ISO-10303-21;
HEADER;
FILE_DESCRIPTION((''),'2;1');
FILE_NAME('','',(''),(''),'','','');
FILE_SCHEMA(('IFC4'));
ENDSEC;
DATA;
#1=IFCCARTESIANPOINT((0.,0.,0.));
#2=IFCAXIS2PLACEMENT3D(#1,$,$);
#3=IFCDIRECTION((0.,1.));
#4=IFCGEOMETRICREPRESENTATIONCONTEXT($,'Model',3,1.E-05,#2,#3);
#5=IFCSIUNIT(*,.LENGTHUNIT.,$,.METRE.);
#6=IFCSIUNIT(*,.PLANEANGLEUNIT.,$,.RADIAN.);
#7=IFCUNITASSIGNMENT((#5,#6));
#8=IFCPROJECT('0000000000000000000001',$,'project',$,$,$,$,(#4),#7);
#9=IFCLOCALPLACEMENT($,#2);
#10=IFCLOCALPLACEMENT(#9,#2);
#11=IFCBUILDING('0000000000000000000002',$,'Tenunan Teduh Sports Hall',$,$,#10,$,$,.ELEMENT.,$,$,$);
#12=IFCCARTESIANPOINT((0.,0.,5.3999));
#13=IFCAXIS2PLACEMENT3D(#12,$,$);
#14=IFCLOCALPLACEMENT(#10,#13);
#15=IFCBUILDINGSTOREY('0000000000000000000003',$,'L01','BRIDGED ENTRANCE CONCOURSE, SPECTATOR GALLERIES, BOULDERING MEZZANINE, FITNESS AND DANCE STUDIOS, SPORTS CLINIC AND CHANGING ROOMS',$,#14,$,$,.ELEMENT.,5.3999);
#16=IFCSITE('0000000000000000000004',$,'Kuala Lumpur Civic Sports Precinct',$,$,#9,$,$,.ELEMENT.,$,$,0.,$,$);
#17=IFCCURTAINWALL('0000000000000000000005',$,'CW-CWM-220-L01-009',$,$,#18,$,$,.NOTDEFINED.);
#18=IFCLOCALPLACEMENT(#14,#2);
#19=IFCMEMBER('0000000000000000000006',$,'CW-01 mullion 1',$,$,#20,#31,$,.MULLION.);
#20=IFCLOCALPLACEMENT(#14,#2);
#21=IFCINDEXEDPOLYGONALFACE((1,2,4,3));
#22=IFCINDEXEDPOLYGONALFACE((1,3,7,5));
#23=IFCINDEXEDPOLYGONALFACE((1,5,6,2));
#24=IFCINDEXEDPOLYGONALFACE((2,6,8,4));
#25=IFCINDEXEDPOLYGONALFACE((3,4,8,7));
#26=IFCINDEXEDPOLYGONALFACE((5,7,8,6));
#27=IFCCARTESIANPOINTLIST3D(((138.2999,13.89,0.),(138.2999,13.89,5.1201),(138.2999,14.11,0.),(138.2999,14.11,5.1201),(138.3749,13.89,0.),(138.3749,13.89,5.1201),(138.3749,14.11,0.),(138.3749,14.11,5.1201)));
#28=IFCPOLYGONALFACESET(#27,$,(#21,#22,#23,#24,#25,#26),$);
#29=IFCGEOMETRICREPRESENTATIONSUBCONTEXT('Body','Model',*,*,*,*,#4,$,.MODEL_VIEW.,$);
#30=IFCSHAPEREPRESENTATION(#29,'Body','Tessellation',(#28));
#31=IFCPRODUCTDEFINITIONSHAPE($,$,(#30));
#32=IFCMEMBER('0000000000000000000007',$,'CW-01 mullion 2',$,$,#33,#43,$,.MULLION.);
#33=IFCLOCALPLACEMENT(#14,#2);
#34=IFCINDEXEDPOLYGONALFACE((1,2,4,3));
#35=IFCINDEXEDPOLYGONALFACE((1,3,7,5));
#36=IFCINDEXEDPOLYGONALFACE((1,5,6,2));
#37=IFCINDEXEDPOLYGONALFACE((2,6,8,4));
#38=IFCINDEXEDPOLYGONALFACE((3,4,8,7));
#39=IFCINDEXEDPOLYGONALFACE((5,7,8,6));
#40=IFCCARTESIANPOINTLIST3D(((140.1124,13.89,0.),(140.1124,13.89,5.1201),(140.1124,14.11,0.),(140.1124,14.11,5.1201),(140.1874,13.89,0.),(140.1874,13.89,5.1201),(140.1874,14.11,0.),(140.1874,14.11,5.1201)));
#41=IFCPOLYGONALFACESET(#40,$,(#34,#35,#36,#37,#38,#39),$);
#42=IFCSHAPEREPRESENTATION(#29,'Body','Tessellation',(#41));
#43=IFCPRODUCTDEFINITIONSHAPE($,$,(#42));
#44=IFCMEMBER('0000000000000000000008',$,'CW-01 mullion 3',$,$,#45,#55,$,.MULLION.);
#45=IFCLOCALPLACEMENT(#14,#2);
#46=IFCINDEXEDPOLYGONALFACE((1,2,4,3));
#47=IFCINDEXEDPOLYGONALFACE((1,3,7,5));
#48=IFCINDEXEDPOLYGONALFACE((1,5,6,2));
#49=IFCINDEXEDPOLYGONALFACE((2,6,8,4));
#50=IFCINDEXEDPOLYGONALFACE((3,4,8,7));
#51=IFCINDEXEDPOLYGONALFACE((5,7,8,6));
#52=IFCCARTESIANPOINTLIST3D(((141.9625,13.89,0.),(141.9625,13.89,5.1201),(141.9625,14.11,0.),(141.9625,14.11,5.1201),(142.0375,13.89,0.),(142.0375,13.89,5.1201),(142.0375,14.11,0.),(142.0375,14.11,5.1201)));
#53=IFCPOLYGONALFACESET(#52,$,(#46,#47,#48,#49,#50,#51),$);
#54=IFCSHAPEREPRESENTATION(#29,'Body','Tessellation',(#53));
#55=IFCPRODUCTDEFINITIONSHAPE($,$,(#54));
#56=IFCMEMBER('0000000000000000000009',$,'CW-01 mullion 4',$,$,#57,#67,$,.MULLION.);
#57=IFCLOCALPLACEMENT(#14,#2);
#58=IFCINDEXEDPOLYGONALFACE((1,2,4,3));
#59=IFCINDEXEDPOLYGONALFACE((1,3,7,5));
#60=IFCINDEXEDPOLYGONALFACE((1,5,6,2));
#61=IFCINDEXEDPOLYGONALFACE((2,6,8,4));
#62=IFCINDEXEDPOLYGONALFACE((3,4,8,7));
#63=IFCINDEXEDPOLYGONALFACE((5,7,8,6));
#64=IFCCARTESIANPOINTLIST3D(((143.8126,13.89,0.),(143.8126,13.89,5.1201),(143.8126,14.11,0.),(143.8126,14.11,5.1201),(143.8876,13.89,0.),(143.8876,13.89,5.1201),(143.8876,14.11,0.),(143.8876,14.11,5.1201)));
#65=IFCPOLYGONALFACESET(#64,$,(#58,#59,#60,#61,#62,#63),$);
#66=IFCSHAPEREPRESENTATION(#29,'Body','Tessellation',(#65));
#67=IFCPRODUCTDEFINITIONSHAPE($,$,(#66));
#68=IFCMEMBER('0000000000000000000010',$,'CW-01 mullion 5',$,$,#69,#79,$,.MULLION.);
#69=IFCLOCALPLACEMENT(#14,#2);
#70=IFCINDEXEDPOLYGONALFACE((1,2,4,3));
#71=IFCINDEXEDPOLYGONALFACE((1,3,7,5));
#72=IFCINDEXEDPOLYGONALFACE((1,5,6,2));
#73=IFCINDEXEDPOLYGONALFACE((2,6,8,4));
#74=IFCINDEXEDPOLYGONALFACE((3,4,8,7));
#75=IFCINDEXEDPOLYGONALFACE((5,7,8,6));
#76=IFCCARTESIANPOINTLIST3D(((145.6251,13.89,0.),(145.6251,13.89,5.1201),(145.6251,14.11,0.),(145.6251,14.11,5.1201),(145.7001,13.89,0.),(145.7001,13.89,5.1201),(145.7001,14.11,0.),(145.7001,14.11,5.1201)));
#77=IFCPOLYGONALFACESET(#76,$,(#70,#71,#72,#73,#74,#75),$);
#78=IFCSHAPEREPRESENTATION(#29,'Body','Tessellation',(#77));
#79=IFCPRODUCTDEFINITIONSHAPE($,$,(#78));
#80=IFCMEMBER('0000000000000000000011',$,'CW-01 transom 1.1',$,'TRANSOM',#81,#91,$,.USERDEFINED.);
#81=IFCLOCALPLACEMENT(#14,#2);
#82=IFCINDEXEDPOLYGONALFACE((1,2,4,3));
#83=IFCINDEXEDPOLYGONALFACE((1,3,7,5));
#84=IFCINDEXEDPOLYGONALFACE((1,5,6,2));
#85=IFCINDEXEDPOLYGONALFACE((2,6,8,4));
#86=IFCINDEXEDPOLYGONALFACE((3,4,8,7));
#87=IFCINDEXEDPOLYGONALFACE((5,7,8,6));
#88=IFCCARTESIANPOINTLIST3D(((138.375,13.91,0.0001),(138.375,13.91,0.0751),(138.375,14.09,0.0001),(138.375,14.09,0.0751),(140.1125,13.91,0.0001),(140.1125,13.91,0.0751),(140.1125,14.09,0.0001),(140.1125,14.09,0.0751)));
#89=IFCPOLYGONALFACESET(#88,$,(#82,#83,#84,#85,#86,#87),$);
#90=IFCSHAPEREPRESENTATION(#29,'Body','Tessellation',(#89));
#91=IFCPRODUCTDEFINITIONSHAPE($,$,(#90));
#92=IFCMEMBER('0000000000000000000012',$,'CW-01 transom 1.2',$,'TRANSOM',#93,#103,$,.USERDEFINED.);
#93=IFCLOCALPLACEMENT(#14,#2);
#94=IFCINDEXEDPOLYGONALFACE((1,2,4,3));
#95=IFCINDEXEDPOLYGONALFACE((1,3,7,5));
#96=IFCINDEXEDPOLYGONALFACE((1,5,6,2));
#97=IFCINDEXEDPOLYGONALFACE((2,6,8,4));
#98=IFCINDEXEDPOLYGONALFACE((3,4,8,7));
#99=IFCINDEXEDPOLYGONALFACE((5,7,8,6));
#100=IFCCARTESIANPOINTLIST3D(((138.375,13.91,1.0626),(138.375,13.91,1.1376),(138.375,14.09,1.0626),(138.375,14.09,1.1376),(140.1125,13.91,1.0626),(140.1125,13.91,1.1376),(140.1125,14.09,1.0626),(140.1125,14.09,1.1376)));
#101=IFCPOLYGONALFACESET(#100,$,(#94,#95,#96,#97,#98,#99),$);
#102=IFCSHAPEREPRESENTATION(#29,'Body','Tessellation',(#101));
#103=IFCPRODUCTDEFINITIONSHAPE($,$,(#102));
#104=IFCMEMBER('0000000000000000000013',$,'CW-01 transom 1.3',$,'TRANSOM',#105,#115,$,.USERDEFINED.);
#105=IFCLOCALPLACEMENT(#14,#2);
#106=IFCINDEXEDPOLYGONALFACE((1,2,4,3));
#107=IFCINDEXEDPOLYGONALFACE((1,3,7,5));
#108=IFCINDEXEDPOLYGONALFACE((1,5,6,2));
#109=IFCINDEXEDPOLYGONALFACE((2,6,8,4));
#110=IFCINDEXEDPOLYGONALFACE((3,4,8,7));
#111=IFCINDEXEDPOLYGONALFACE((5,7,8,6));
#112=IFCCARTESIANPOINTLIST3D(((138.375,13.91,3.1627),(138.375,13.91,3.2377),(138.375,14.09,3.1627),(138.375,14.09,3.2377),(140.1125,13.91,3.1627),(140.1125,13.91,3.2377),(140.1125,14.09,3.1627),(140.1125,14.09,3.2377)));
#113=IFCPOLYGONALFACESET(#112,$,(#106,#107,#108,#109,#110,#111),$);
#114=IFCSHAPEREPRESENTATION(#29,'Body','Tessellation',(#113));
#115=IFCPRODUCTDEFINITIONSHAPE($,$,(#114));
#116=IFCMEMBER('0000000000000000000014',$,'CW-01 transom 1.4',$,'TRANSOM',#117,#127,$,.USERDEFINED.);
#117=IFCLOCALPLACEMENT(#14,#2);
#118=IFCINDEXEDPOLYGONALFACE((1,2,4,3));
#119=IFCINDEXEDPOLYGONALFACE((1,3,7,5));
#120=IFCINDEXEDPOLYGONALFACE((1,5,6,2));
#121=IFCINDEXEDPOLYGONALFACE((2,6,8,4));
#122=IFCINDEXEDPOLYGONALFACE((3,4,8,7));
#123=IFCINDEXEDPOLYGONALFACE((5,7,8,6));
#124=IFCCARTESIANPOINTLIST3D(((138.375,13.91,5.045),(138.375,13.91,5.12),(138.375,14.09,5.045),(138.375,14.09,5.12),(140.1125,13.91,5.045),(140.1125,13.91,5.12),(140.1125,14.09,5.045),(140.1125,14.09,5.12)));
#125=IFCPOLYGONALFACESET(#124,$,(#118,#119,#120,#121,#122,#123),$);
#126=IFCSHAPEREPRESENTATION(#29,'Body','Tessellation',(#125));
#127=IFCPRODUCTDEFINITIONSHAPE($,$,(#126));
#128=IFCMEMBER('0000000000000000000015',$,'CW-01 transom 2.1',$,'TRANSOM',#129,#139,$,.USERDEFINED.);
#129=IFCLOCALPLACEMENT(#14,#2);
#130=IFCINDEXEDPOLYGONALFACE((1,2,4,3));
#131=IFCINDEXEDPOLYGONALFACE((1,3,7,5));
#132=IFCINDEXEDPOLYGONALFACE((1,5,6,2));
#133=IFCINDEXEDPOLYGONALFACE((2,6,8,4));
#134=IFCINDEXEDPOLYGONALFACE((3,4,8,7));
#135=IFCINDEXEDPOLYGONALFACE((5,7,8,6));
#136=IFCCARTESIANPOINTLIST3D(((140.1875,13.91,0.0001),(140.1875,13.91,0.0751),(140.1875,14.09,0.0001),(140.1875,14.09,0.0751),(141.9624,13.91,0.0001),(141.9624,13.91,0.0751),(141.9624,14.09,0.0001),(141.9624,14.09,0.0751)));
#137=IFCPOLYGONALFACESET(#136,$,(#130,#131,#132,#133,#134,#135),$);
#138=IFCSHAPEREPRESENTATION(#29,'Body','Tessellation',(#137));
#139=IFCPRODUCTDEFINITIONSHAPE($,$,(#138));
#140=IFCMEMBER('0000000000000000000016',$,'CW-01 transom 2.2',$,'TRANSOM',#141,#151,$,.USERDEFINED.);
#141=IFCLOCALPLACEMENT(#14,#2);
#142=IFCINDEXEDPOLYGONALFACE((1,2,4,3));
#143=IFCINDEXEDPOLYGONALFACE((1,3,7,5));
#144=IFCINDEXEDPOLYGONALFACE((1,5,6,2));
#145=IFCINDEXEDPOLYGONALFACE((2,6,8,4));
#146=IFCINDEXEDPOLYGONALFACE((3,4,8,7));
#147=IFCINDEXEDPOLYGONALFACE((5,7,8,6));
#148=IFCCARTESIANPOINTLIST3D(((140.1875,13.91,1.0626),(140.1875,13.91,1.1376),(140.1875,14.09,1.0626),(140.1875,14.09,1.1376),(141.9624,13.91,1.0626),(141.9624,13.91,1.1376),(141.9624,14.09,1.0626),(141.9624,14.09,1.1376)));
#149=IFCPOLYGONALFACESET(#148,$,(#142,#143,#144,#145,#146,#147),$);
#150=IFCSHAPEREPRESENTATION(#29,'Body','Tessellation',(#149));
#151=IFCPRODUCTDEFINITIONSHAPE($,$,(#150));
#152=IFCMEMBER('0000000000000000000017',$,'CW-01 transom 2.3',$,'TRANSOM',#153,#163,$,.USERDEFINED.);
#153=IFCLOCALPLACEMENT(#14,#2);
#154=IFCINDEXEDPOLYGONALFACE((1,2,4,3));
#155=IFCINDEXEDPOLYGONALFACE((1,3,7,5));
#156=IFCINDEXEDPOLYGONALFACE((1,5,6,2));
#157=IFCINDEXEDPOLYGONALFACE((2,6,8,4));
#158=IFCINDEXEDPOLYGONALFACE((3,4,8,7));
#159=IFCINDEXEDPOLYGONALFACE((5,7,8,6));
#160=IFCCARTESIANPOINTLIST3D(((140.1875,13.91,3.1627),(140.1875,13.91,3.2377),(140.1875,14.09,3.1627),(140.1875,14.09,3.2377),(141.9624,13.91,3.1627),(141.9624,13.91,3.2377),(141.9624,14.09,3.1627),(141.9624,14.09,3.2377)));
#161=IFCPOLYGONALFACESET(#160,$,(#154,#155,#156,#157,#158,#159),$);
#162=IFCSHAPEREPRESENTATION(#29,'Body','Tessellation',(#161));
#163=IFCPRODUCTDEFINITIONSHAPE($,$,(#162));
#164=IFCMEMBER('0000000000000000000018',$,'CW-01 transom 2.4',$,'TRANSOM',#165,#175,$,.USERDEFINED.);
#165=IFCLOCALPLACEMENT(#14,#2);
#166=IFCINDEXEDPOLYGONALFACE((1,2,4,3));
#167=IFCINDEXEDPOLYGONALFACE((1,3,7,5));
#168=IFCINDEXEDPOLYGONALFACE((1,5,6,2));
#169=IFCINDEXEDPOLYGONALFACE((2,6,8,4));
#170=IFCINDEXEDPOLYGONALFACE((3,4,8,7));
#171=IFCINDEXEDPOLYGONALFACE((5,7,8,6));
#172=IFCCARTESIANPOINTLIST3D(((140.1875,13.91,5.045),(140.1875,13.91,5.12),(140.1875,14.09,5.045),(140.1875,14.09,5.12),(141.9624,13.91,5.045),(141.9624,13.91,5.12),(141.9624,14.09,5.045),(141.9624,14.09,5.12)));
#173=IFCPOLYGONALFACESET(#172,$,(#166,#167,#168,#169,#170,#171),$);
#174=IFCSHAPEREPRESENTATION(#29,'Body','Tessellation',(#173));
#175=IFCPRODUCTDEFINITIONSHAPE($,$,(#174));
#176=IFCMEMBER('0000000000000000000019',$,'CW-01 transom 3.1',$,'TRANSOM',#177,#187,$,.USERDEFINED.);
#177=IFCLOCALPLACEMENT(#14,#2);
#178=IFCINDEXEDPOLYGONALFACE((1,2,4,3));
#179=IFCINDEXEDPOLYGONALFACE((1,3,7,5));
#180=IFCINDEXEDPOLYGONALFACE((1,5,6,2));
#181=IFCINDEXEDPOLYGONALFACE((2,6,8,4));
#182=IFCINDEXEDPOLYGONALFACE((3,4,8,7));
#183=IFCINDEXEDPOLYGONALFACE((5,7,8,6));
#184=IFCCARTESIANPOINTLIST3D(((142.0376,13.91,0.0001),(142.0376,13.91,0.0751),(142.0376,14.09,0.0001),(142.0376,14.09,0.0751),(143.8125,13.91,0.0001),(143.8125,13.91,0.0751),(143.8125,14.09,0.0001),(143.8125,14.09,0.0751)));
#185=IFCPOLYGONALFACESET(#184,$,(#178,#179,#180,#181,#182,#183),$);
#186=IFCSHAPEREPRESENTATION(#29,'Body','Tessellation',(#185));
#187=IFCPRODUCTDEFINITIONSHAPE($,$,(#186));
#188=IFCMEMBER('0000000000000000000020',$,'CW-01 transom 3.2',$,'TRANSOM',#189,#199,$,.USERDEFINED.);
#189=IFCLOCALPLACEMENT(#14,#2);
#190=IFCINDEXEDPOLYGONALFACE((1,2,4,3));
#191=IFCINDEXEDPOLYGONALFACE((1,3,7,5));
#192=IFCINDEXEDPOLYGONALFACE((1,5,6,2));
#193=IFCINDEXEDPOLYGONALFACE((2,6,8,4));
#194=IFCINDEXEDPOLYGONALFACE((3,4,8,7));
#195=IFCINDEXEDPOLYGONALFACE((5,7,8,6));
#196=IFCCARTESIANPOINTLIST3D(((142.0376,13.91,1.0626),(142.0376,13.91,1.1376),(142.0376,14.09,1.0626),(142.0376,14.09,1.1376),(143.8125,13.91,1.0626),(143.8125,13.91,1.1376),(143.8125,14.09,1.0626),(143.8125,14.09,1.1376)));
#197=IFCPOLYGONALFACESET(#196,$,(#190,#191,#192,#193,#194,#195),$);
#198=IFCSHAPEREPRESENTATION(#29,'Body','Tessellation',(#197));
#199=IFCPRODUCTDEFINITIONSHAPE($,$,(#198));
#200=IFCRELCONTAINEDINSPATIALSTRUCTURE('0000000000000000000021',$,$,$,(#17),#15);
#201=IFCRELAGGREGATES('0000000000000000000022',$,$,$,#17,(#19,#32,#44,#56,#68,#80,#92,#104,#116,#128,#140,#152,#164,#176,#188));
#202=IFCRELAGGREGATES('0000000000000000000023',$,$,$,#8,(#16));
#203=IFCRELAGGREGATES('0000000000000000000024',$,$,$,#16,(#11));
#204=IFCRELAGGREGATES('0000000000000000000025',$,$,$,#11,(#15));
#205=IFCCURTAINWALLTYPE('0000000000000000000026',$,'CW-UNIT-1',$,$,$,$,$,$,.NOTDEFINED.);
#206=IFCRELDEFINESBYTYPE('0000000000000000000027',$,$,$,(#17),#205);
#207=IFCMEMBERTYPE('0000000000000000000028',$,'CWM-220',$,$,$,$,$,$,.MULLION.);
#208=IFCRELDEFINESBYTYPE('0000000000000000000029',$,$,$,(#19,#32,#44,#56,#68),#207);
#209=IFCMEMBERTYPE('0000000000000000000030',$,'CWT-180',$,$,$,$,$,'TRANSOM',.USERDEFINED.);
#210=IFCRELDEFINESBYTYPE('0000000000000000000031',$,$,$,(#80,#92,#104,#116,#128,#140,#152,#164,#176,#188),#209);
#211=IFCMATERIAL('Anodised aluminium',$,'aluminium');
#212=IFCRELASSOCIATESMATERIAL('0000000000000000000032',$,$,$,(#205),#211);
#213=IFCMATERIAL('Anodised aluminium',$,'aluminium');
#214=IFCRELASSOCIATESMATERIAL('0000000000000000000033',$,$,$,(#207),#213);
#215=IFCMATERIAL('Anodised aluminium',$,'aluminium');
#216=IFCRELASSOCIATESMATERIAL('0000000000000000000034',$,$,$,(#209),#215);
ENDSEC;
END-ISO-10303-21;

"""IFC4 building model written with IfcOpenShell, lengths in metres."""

from ifc_helpers import new_model, si_unit, direction, frame, origin, origin_2d, place, context, subcontext, project, spatial, rectangle, extrude, material, material_profile, profile_set, type_object, element, aggregate, save


model = new_model("IFC4")

# Units and contexts
model_context = context("Model", 3, precision=1e-05, world=origin(), true_north=direction((0.0, 1.0)))
body_context = subcontext(model_context, "Body", "Model", "MODEL_VIEW")
ifc_project = project(units=[si_unit("LENGTHUNIT", "METRE"), si_unit("PLANEANGLEUNIT", "RADIAN")], contexts=[model_context])

# Site, building, storey
site_placement = place(None, origin())
site = spatial("IfcSite", under=ifc_project, at=site_placement, Name="Kuala Lumpur Civic Sports Precinct", CompositionType="ELEMENT", RefElevation=0.0)
building_placement = place(site_placement, origin())
building = spatial("IfcBuilding", under=site, at=building_placement, Name="Tenunan Teduh Sports Hall", CompositionType="ELEMENT")
storey_placement = place(building_placement, frame((0.0, 0.0, 5.3999)))
storey = spatial("IfcBuildingStorey", under=building, at=storey_placement, Name="L01", Description="BRIDGED ENTRANCE CONCOURSE, SPECTATOR GALLERIES, BOULDERING MEZZANINE, FITNESS AND DANCE STUDIOS, SPORTS CLINIC AND CHANGING ROOMS", CompositionType="ELEMENT", Elevation=5.3999)

# Curtain wall, members
ifc_material_1 = material(Name="Anodised aluminium", Category="aluminium")
curtain_wall_type = type_object("IfcCurtainWallType", Name="CW-UNIT-1", PredefinedType="NOTDEFINED", material=ifc_material_1)
curtain_wall_placement = place(storey_placement, origin())
curtain_wall = element("IfcCurtainWall", 1, at=curtain_wall_placement, inside=storey, type_object=curtain_wall_type, Name="CW-CWM-220-L01-009", PredefinedType="NOTDEFINED")
ifc_material_2 = material(Name="Anodised aluminium", Category="aluminium")
ifc_material_profile_1 = material_profile(ifc_material_2, rectangle(XDim=0.075, YDim=0.22, at=origin_2d()), Name="CWM 75x220")
ifc_profile_set_1 = profile_set([ifc_material_profile_1], Name="Anodised aluminium")
member_type_1 = type_object("IfcMemberType", Name="CWM-220", PredefinedType="MULLION", material=ifc_profile_set_1)
member_1_placement = place(storey_placement, frame((138.3374, 14.0, 0.0), z_axis=(0.0, 0.0, 1.0), x_axis=(1.0, 0.0, 0.0)))
member_1 = element("IfcMember", 2, at=member_1_placement, type_object=member_type_1, Name="CW-01 mullion 1", PredefinedType="MULLION", context=body_context, shape_type="SweptSolid", body=[
    extrude(rectangle(XDim=0.075, YDim=0.22, at=origin_2d()), origin(), (0.0, 0.0, 1.0), 5.1201),
])
member_2_placement = place(storey_placement, frame((140.1499, 14.0, 0.0), z_axis=(0.0, 0.0, 1.0), x_axis=(1.0, 0.0, 0.0)))
member_2 = element("IfcMember", 3, at=member_2_placement, type_object=member_type_1, Name="CW-01 mullion 2", PredefinedType="MULLION", context=body_context, shape_type="SweptSolid", body=[
    extrude(rectangle(XDim=0.075, YDim=0.22, at=origin_2d()), origin(), (0.0, 0.0, 1.0), 5.1201),
])
member_3_placement = place(storey_placement, frame((142.0, 14.0, 0.0), z_axis=(0.0, 0.0, 1.0), x_axis=(1.0, 0.0, 0.0)))
member_3 = element("IfcMember", 4, at=member_3_placement, type_object=member_type_1, Name="CW-01 mullion 3", PredefinedType="MULLION", context=body_context, shape_type="SweptSolid", body=[
    extrude(rectangle(XDim=0.075, YDim=0.22, at=origin_2d()), origin(), (0.0, 0.0, 1.0), 5.1201),
])
member_4_placement = place(storey_placement, frame((143.8501, 14.0, 0.0), z_axis=(0.0, 0.0, 1.0), x_axis=(1.0, 0.0, 0.0)))
member_4 = element("IfcMember", 5, at=member_4_placement, type_object=member_type_1, Name="CW-01 mullion 4", PredefinedType="MULLION", context=body_context, shape_type="SweptSolid", body=[
    extrude(rectangle(XDim=0.075, YDim=0.22, at=origin_2d()), origin(), (0.0, 0.0, 1.0), 5.1201),
])
member_5_placement = place(storey_placement, frame((145.6626, 14.0, 0.0), z_axis=(0.0, 0.0, 1.0), x_axis=(1.0, 0.0, 0.0)))
member_5 = element("IfcMember", 6, at=member_5_placement, type_object=member_type_1, Name="CW-01 mullion 5", PredefinedType="MULLION", context=body_context, shape_type="SweptSolid", body=[
    extrude(rectangle(XDim=0.075, YDim=0.22, at=origin_2d()), origin(), (0.0, 0.0, 1.0), 5.1201),
])
ifc_material_3 = material(Name="Anodised aluminium", Category="aluminium")
ifc_material_profile_2 = material_profile(ifc_material_3, rectangle(XDim=0.075, YDim=0.1799, at=origin_2d()), Name="CWT 75x180")
ifc_profile_set_2 = profile_set([ifc_material_profile_2], Name="Anodised aluminium")
member_type_2 = type_object("IfcMemberType", Name="CWT-180", ElementType="TRANSOM", PredefinedType="USERDEFINED", material=ifc_profile_set_2)
member_6_placement = place(storey_placement, frame((138.375, 14.0, 0.0376), z_axis=(1.0, 0.0, 0.0), x_axis=(0.0, 0.0, 1.0)))
member_6 = element("IfcMember", 7, at=member_6_placement, type_object=member_type_2, Name="CW-01 transom 1.1", ObjectType="TRANSOM", PredefinedType="USERDEFINED", context=body_context, shape_type="SweptSolid", body=[
    extrude(rectangle(XDim=0.075, YDim=0.1799, at=origin_2d()), origin(), (0.0, 0.0, 1.0), 1.7375),
])
member_7_placement = place(storey_placement, frame((138.375, 14.0, 1.1001), z_axis=(1.0, 0.0, 0.0), x_axis=(0.0, 0.0, 1.0)))
member_7 = element("IfcMember", 8, at=member_7_placement, type_object=member_type_2, Name="CW-01 transom 1.2", ObjectType="TRANSOM", PredefinedType="USERDEFINED", context=body_context, shape_type="SweptSolid", body=[
    extrude(rectangle(XDim=0.075, YDim=0.1799, at=origin_2d()), origin(), (0.0, 0.0, 1.0), 1.7375),
])
member_8_placement = place(storey_placement, frame((138.375, 14.0, 3.2002), z_axis=(1.0, 0.0, 0.0), x_axis=(0.0, 0.0, 1.0)))
member_8 = element("IfcMember", 9, at=member_8_placement, type_object=member_type_2, Name="CW-01 transom 1.3", ObjectType="TRANSOM", PredefinedType="USERDEFINED", context=body_context, shape_type="SweptSolid", body=[
    extrude(rectangle(XDim=0.075, YDim=0.1799, at=origin_2d()), origin(), (0.0, 0.0, 1.0), 1.7375),
])
member_9_placement = place(storey_placement, frame((138.375, 14.0, 5.0825), z_axis=(1.0, 0.0, 0.0), x_axis=(0.0, 0.0, 1.0)))
member_9 = element("IfcMember", 10, at=member_9_placement, type_object=member_type_2, Name="CW-01 transom 1.4", ObjectType="TRANSOM", PredefinedType="USERDEFINED", context=body_context, shape_type="SweptSolid", body=[
    extrude(rectangle(XDim=0.075, YDim=0.1799, at=origin_2d()), origin(), (0.0, 0.0, 1.0), 1.7375),
])
member_10_placement = place(storey_placement, frame((140.1875, 14.0, 0.0376), z_axis=(1.0, 0.0, 0.0), x_axis=(0.0, 0.0, 1.0)))
member_10 = element("IfcMember", 11, at=member_10_placement, type_object=member_type_2, Name="CW-01 transom 2.1", ObjectType="TRANSOM", PredefinedType="USERDEFINED", context=body_context, shape_type="SweptSolid", body=[
    extrude(rectangle(XDim=0.075, YDim=0.1799, at=origin_2d()), origin(), (0.0, 0.0, 1.0), 1.7749),
])
member_11_placement = place(storey_placement, frame((140.1875, 14.0, 1.1001), z_axis=(1.0, 0.0, 0.0), x_axis=(0.0, 0.0, 1.0)))
member_11 = element("IfcMember", 12, at=member_11_placement, type_object=member_type_2, Name="CW-01 transom 2.2", ObjectType="TRANSOM", PredefinedType="USERDEFINED", context=body_context, shape_type="SweptSolid", body=[
    extrude(rectangle(XDim=0.075, YDim=0.1799, at=origin_2d()), origin(), (0.0, 0.0, 1.0), 1.7749),
])
member_12_placement = place(storey_placement, frame((140.1875, 14.0, 3.2002), z_axis=(1.0, 0.0, 0.0), x_axis=(0.0, 0.0, 1.0)))
member_12 = element("IfcMember", 13, at=member_12_placement, type_object=member_type_2, Name="CW-01 transom 2.3", ObjectType="TRANSOM", PredefinedType="USERDEFINED", context=body_context, shape_type="SweptSolid", body=[
    extrude(rectangle(XDim=0.075, YDim=0.1799, at=origin_2d()), origin(), (0.0, 0.0, 1.0), 1.7749),
])
member_13_placement = place(storey_placement, frame((140.1875, 14.0, 5.0825), z_axis=(1.0, 0.0, 0.0), x_axis=(0.0, 0.0, 1.0)))
member_13 = element("IfcMember", 14, at=member_13_placement, type_object=member_type_2, Name="CW-01 transom 2.4", ObjectType="TRANSOM", PredefinedType="USERDEFINED", context=body_context, shape_type="SweptSolid", body=[
    extrude(rectangle(XDim=0.075, YDim=0.1799, at=origin_2d()), origin(), (0.0, 0.0, 1.0), 1.7749),
])
member_14_placement = place(storey_placement, frame((142.0376, 14.0, 0.0376), z_axis=(1.0, 0.0, 0.0), x_axis=(0.0, 0.0, 1.0)))
member_14 = element("IfcMember", 15, at=member_14_placement, type_object=member_type_2, Name="CW-01 transom 3.1", ObjectType="TRANSOM", PredefinedType="USERDEFINED", context=body_context, shape_type="SweptSolid", body=[
    extrude(rectangle(XDim=0.075, YDim=0.1799, at=origin_2d()), origin(), (0.0, 0.0, 1.0), 1.7749),
])
member_15_placement = place(storey_placement, frame((142.0376, 14.0, 1.1001), z_axis=(1.0, 0.0, 0.0), x_axis=(0.0, 0.0, 1.0)))
member_15 = element("IfcMember", 16, at=member_15_placement, type_object=member_type_2, Name="CW-01 transom 3.2", ObjectType="TRANSOM", PredefinedType="USERDEFINED", context=body_context, shape_type="SweptSolid", body=[
    extrude(rectangle(XDim=0.075, YDim=0.1799, at=origin_2d()), origin(), (0.0, 0.0, 1.0), 1.7749),
])

aggregate(curtain_wall, [member_1, member_2, member_3, member_4, member_5, member_6, member_7, member_8, member_9, member_10, member_11, member_12, member_13, member_14, member_15])

save(model, "model.ifc")
